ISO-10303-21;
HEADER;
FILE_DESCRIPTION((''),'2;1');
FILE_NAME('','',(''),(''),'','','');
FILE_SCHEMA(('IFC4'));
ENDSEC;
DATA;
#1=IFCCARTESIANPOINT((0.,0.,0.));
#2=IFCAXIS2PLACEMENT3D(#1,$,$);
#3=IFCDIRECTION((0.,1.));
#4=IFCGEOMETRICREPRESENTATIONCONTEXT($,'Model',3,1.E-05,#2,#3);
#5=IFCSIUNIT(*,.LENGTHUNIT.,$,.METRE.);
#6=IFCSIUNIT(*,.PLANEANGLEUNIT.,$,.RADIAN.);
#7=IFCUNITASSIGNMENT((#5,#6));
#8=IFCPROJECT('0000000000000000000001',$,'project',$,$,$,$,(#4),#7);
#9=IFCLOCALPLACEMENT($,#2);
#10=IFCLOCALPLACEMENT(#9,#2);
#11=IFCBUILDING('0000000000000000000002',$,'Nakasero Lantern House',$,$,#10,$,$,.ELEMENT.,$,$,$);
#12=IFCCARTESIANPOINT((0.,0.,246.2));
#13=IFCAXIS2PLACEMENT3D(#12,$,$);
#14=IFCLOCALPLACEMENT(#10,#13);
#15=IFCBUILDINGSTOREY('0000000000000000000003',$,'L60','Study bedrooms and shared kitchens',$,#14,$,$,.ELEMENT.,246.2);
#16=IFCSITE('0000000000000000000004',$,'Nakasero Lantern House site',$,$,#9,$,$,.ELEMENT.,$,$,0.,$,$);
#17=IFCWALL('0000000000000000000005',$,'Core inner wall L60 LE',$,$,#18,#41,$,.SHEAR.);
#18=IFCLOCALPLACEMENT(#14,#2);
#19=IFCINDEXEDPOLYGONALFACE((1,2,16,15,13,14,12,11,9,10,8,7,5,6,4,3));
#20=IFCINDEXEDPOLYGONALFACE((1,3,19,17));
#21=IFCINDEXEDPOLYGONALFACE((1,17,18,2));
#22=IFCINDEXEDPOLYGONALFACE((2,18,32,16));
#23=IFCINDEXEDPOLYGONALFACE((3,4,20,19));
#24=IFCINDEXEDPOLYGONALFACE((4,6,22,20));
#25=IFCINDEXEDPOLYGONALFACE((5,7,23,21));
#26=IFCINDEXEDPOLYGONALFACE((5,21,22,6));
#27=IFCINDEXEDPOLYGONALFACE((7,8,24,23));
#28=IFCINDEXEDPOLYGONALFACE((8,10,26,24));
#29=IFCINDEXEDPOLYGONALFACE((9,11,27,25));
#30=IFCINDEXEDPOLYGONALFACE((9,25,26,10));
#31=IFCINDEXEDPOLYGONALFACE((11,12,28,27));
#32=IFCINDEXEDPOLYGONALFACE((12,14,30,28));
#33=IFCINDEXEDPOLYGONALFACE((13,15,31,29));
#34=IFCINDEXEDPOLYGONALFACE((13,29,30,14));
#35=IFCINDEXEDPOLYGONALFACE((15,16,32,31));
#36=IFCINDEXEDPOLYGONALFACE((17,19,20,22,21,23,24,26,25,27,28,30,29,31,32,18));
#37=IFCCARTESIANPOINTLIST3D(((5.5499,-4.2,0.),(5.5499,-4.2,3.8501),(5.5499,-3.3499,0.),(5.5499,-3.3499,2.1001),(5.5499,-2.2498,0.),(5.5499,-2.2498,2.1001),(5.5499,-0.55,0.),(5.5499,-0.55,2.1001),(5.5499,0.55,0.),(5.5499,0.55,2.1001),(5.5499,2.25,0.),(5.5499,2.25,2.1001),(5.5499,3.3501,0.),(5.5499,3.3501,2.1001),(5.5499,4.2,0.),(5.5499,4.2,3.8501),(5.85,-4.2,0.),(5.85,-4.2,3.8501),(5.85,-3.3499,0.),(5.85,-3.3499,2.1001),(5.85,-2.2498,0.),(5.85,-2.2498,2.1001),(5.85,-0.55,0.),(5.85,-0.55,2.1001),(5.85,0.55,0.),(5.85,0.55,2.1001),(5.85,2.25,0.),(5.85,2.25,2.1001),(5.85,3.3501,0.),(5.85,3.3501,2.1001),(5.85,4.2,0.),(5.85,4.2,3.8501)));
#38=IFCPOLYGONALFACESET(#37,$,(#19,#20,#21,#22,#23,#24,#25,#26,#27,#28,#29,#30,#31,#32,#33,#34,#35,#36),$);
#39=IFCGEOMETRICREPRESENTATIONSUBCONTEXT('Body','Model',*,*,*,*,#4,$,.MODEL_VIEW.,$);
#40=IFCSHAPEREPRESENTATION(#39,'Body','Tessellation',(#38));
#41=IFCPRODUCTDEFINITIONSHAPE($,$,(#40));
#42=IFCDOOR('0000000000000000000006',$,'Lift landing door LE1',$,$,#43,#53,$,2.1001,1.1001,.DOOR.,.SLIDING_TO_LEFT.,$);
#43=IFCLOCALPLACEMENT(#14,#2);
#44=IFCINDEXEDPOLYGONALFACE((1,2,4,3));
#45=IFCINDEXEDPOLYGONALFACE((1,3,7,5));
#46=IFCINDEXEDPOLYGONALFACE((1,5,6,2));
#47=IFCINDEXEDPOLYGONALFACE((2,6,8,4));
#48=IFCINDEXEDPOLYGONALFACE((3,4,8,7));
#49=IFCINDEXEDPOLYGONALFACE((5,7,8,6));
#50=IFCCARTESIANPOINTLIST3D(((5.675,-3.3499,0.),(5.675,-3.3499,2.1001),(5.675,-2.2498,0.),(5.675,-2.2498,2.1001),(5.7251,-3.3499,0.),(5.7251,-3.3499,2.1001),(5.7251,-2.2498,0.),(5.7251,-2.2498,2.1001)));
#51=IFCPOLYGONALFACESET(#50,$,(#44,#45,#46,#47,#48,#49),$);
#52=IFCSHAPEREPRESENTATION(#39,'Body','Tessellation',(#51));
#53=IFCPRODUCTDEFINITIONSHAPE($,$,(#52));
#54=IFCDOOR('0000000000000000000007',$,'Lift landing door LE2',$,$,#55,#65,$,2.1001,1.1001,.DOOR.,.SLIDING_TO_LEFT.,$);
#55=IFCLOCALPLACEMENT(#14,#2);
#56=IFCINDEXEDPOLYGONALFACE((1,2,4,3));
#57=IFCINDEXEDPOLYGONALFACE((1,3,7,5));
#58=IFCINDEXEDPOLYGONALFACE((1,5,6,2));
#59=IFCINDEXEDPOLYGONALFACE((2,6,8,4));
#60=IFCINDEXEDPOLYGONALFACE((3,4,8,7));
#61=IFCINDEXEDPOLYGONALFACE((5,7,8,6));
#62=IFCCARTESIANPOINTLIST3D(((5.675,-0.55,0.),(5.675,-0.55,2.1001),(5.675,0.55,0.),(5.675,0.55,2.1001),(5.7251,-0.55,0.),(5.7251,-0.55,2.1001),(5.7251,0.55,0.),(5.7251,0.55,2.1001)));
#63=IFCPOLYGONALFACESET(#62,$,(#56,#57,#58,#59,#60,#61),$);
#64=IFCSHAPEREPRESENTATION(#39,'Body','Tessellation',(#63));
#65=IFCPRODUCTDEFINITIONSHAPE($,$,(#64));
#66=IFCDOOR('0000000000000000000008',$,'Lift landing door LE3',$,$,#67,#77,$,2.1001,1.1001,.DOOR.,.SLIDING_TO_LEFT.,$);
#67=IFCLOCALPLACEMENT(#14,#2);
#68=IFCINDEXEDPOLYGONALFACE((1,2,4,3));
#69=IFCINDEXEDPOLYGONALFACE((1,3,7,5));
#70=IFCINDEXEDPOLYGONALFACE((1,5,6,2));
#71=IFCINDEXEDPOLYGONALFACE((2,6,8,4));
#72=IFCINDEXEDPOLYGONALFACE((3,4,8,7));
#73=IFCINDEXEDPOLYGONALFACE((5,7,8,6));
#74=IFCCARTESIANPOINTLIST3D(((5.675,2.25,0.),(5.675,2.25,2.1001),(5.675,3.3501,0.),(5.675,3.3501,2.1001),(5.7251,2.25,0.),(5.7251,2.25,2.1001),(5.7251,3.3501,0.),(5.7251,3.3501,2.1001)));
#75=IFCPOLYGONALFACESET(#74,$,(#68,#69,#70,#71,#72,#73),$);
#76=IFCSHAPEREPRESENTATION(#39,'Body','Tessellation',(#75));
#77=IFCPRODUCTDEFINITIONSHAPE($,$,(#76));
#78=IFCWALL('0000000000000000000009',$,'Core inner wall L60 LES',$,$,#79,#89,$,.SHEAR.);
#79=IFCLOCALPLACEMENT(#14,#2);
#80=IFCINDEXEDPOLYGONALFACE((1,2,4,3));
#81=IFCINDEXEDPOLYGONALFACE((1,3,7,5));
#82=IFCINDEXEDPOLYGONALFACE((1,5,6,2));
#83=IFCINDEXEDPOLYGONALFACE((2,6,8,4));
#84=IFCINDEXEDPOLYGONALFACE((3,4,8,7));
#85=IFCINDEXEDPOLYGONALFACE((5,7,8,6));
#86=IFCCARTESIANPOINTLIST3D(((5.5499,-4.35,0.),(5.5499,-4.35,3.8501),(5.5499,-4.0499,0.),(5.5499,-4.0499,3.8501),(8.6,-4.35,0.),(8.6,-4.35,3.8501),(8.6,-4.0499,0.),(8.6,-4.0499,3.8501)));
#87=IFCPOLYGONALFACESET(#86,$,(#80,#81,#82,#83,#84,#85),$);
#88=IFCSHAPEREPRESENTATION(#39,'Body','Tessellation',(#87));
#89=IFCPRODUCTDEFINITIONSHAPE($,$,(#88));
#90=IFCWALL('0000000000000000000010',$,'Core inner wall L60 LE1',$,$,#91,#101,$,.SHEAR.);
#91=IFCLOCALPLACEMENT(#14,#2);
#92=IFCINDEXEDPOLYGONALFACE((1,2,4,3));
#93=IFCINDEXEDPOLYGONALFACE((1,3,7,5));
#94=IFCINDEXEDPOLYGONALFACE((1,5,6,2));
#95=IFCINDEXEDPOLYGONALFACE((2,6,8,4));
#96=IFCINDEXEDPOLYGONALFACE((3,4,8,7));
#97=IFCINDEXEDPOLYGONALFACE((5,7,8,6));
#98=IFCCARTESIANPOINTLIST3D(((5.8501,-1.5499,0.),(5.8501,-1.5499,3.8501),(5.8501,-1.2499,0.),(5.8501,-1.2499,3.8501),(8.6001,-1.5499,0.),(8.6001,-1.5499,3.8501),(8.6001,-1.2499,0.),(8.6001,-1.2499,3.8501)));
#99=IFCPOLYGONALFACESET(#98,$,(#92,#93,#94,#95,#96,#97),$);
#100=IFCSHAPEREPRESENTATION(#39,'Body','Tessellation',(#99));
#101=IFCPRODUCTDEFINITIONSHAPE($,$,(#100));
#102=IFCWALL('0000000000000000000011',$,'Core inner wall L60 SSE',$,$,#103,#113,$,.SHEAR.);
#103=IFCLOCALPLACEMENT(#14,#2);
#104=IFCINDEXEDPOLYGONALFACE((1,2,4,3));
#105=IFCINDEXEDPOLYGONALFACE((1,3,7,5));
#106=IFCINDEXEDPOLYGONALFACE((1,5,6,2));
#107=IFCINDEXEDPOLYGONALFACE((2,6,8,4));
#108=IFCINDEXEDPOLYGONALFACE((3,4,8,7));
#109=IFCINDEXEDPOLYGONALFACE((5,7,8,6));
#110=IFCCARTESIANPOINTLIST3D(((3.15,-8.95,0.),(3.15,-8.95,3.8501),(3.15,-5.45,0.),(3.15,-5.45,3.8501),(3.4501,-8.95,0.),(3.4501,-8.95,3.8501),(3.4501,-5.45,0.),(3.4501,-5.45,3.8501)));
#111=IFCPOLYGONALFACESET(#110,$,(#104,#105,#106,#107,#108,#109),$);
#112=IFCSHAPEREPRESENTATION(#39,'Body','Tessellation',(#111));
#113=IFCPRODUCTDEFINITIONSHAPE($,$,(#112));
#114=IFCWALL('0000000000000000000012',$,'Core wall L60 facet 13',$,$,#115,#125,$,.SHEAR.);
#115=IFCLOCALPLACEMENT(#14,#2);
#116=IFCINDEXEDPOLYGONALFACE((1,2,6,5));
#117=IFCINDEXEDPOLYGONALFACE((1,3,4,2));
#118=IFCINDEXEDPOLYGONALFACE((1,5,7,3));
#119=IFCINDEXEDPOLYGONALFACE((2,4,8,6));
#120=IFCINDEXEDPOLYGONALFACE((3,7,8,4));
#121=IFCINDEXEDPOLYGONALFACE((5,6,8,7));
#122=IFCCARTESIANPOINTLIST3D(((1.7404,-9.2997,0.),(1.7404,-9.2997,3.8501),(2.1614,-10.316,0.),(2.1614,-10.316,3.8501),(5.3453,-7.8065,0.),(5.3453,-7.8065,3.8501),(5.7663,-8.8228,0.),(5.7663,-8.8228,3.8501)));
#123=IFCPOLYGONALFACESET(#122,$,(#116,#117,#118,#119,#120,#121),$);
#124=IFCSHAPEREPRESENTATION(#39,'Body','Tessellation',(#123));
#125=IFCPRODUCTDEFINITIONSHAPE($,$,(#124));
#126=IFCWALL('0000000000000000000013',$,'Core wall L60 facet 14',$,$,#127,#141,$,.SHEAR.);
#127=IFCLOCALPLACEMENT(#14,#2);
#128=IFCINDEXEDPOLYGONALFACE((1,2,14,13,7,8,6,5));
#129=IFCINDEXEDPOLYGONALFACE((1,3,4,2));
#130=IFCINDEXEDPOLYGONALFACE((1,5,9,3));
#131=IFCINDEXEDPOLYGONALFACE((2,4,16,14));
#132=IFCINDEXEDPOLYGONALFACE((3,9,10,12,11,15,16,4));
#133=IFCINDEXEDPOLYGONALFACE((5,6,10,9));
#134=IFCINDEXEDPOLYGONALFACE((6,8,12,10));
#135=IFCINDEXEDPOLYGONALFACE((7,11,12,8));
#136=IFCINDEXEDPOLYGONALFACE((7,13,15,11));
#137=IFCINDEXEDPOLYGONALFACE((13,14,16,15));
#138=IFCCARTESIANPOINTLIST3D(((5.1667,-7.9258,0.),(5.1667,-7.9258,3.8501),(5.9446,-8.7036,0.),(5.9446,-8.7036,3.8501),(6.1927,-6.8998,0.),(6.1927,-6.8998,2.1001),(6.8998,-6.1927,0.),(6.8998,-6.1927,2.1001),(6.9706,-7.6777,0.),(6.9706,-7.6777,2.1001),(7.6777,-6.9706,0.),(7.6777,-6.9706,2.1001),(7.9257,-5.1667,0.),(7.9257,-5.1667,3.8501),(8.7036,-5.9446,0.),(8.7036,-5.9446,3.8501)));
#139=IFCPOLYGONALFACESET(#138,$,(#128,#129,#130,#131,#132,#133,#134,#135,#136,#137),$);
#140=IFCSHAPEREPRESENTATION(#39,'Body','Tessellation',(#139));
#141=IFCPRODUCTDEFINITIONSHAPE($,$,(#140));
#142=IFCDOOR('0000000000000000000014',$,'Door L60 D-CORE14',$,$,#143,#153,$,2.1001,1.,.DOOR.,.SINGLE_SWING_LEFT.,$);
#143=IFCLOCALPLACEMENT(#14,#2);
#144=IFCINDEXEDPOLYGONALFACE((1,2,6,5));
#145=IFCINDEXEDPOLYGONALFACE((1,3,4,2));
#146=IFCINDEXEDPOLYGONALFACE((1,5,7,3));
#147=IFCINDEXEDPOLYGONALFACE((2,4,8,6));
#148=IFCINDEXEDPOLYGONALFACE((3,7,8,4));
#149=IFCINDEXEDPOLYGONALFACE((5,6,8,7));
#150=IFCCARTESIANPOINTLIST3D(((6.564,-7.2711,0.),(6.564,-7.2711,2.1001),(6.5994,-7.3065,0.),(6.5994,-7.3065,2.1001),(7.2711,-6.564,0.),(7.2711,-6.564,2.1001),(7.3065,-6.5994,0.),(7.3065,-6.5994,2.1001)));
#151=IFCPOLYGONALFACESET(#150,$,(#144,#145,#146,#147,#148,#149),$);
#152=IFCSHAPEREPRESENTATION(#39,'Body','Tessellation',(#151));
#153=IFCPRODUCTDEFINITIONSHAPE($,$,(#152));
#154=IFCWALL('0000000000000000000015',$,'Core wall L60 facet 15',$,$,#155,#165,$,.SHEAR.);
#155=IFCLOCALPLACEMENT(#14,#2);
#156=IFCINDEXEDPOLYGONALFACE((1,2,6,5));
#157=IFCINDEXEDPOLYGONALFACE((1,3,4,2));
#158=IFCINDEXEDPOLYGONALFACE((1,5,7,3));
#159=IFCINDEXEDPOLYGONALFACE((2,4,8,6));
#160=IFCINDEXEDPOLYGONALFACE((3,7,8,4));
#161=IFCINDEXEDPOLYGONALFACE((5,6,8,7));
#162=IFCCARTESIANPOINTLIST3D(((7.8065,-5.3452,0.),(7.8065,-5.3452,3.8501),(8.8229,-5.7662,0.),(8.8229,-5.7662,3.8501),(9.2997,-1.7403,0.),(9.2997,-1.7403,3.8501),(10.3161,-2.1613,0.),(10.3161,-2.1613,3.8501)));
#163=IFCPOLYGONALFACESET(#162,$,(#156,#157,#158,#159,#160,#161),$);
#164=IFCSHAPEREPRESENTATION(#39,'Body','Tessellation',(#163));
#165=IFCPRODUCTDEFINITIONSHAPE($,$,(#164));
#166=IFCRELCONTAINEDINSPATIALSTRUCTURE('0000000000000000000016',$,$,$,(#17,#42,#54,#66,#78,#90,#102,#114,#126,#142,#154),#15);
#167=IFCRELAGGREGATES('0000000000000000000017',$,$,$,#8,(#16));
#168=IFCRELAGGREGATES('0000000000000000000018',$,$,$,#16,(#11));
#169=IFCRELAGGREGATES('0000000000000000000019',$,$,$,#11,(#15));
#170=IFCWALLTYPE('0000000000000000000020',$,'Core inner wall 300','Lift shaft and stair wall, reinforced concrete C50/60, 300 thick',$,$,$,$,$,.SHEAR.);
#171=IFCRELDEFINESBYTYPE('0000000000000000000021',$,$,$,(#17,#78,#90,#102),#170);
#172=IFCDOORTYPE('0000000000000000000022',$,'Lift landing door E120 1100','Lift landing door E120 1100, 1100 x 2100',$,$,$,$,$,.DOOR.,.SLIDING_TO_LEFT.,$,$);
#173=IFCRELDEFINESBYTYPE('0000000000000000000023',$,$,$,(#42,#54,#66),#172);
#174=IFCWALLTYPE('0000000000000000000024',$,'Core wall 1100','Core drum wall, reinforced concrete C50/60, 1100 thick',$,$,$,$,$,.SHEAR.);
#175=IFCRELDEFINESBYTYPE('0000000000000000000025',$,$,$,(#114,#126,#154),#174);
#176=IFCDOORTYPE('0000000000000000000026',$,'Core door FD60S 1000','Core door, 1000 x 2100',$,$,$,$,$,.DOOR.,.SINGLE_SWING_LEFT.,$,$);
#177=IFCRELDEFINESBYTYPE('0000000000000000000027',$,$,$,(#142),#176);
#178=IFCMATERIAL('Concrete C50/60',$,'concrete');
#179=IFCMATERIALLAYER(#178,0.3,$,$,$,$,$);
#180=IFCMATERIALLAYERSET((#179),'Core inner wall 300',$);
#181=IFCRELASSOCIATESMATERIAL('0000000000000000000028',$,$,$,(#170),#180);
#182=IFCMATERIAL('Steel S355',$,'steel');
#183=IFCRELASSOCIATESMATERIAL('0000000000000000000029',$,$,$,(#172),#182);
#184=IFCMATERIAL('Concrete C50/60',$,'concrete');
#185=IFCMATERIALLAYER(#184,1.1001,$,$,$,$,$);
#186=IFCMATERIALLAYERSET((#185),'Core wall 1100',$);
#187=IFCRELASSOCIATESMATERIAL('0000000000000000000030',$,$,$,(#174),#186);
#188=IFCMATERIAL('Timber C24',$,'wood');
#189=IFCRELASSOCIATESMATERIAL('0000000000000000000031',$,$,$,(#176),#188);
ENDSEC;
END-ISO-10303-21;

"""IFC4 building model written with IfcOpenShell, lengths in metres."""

from ifc_helpers import new_model, si_unit, direction, frame, frame_2d, origin, place, context, subcontext, project, spatial, rectangle, extrude, material, layer, layer_set, type_object, element, fill, save


model = new_model("IFC4")

# Units and contexts
model_context = context("Model", 3, precision=1e-05, world=origin(), true_north=direction((0.0, 1.0)))
body_context = subcontext(model_context, "Body", "Model", "MODEL_VIEW")
ifc_project = project(units=[si_unit("LENGTHUNIT", "METRE"), si_unit("PLANEANGLEUNIT", "RADIAN")], contexts=[model_context])

# Site, building, storey
site_placement = place(None, origin())
site = spatial("IfcSite", under=ifc_project, at=site_placement, Name="Nakasero Lantern House site", CompositionType="ELEMENT", RefElevation=0.0)
building_placement = place(site_placement, origin())
building = spatial("IfcBuilding", under=site, at=building_placement, Name="Nakasero Lantern House", CompositionType="ELEMENT")
storey_placement = place(building_placement, frame((0.0, 0.0, 246.2)))
storey = spatial("IfcBuildingStorey", under=building, at=storey_placement, Name="L60", Description="Study bedrooms and shared kitchens", CompositionType="ELEMENT", Elevation=246.2)

# Wall, openings, doors
ifc_material_1 = material(Name="Concrete C50/60", Category="concrete")
ifc_layer_1 = layer(ifc_material_1, 0.3)
ifc_layer_set_1 = layer_set([ifc_layer_1], Name="Core inner wall 300")
wall_type_1 = type_object("IfcWallType", Name="Core inner wall 300", Description="Lift shaft and stair wall, reinforced concrete C50/60, 300 thick", PredefinedType="SHEAR", material=ifc_layer_set_1)
wall_1_placement = place(storey_placement, frame((5.7, -4.2, 0.0), z_axis=(0.0, 0.0, 1.0), x_axis=(0.0, 1.0, 0.0)))
wall_1 = element("IfcWall", 1, at=wall_1_placement, inside=storey, type_object=wall_type_1, Name="Core inner wall L60 LE", PredefinedType="SHEAR", context=body_context, shape_type="SweptSolid", body=[
    extrude(rectangle(XDim=8.3999, YDim=0.3, at=frame_2d((4.2, 0.0))), origin(), (0.0, 0.0, 1.0), 3.8501),
])
opening_1_placement = place(wall_1_placement, frame((0.8501, 0.0, 0.0)))
opening_1 = element("IfcOpeningElement", 2, at=opening_1_placement, cuts=wall_1, PredefinedType="OPENING", context=body_context, shape_type="SweptSolid", body=[
    extrude(rectangle(XDim=1.1001, YDim=2.1001, at=frame_2d((0.55, 1.05))), frame((0.0, 0.1699, 0.0), z_axis=(0.0, -1.0, 0.0), x_axis=(1.0, 0.0, 0.0)), (0.0, 0.0, 1.0), 0.3401),
])
opening_2_placement = place(wall_1_placement, frame((3.6499, 0.0, 0.0)))
opening_2 = element("IfcOpeningElement", 3, at=opening_2_placement, cuts=wall_1, PredefinedType="OPENING", context=body_context, shape_type="SweptSolid", body=[
    extrude(rectangle(XDim=1.1001, YDim=2.1001, at=frame_2d((0.55, 1.05))), frame((0.0, 0.1699, 0.0), z_axis=(0.0, -1.0, 0.0), x_axis=(1.0, 0.0, 0.0)), (0.0, 0.0, 1.0), 0.3401),
])
opening_3_placement = place(wall_1_placement, frame((6.45, 0.0, 0.0)))
opening_3 = element("IfcOpeningElement", 4, at=opening_3_placement, cuts=wall_1, PredefinedType="OPENING", context=body_context, shape_type="SweptSolid", body=[
    extrude(rectangle(XDim=1.1001, YDim=2.1001, at=frame_2d((0.55, 1.05))), frame((0.0, 0.1699, 0.0), z_axis=(0.0, -1.0, 0.0), x_axis=(1.0, 0.0, 0.0)), (0.0, 0.0, 1.0), 0.3401),
])
ifc_material_2 = material(Name="Steel S355", Category="steel")
door_type_1 = type_object("IfcDoorType", Name="Lift landing door E120 1100", Description="Lift landing door E120 1100, 1100 x 2100", OperationType="SLIDING_TO_LEFT", PredefinedType="DOOR", material=ifc_material_2)
door_1_placement = place(opening_1_placement, origin())
door_1 = element("IfcDoor", 5, at=door_1_placement, inside=storey, type_object=door_type_1, Name="Lift landing door LE1", OperationType="SLIDING_TO_LEFT", OverallHeight=2.1001, OverallWidth=1.1001, PredefinedType="DOOR", context=body_context, shape_type="SweptSolid", body=[
    extrude(rectangle(XDim=1.1001, YDim=2.1001, at=frame_2d((0.55, 1.05))), frame((0.0, 0.0249, 0.0), z_axis=(0.0, -1.0, 0.0), x_axis=(1.0, 0.0, 0.0)), (0.0, 0.0, 1.0), 0.05),
])
fill(opening_1, door_1)
door_2_placement = place(opening_2_placement, origin())
door_2 = element("IfcDoor", 6, at=door_2_placement, inside=storey, type_object=door_type_1, Name="Lift landing door LE2", OperationType="SLIDING_TO_LEFT", OverallHeight=2.1001, OverallWidth=1.1001, PredefinedType="DOOR", context=body_context, shape_type="SweptSolid", body=[
    extrude(rectangle(XDim=1.1001, YDim=2.1001, at=frame_2d((0.55, 1.05))), frame((0.0, 0.0249, 0.0), z_axis=(0.0, -1.0, 0.0), x_axis=(1.0, 0.0, 0.0)), (0.0, 0.0, 1.0), 0.05),
])
fill(opening_2, door_2)
door_3_placement = place(opening_3_placement, origin())
door_3 = element("IfcDoor", 7, at=door_3_placement, inside=storey, type_object=door_type_1, Name="Lift landing door LE3", OperationType="SLIDING_TO_LEFT", OverallHeight=2.1001, OverallWidth=1.1001, PredefinedType="DOOR", context=body_context, shape_type="SweptSolid", body=[
    extrude(rectangle(XDim=1.1001, YDim=2.1001, at=frame_2d((0.55, 1.05))), frame((0.0, 0.0249, 0.0), z_axis=(0.0, -1.0, 0.0), x_axis=(1.0, 0.0, 0.0)), (0.0, 0.0, 1.0), 0.05),
])
fill(opening_3, door_3)

# Walls
wall_2_placement = place(storey_placement, frame((5.55, -4.2, 0.0), z_axis=(0.0, 0.0, 1.0), x_axis=(1.0, 0.0, 0.0)))
element("IfcWall", 8, at=wall_2_placement, inside=storey, type_object=wall_type_1, Name="Core inner wall L60 LES", PredefinedType="SHEAR", context=body_context, shape_type="SweptSolid", body=[
    extrude(rectangle(XDim=3.05, YDim=0.3, at=frame_2d((1.5249, 0.0))), origin(), (0.0, 0.0, 1.0), 3.8501),
])
wall_3_placement = place(storey_placement, frame((5.8501, -1.3999, 0.0), z_axis=(0.0, 0.0, 1.0), x_axis=(1.0, 0.0, 0.0)))
element("IfcWall", 9, at=wall_3_placement, inside=storey, type_object=wall_type_1, Name="Core inner wall L60 LE1", PredefinedType="SHEAR", context=body_context, shape_type="SweptSolid", body=[
    extrude(rectangle(XDim=2.75, YDim=0.3, at=frame_2d((1.375, 0.0))), origin(), (0.0, 0.0, 1.0), 3.8501),
])
wall_4_placement = place(storey_placement, frame((3.3, -5.45, 0.0), z_axis=(0.0, 0.0, 1.0), x_axis=(0.0, -1.0, 0.0)))
element("IfcWall", 10, at=wall_4_placement, inside=storey, type_object=wall_type_1, Name="Core inner wall L60 SSE", PredefinedType="SHEAR", context=body_context, shape_type="SweptSolid", body=[
    extrude(rectangle(XDim=3.5, YDim=0.3, at=frame_2d((1.75, 0.0))), origin(), (0.0, 0.0, 1.0), 3.8501),
])
ifc_material_3 = material(Name="Concrete C50/60", Category="concrete")
ifc_layer_2 = layer(ifc_material_3, 1.1001)
ifc_layer_set_2 = layer_set([ifc_layer_2], Name="Core wall 1100")
wall_type_2 = type_object("IfcWallType", Name="Core wall 1100", Description="Core drum wall, reinforced concrete C50/60, 1100 thick", PredefinedType="SHEAR", material=ifc_layer_set_2)
wall_5_placement = place(storey_placement, frame((1.9509, -9.8079, 0.0), z_axis=(0.0, 0.0, 1.0), x_axis=(0.923877, 0.382691, 0.0)))
element("IfcWall", 11, at=wall_5_placement, inside=storey, type_object=wall_type_2, Name="Core wall L60 facet 13", PredefinedType="SHEAR", context=body_context, shape_type="SweptSolid", body=[
    extrude(rectangle(XDim=3.9019, YDim=1.1001, at=frame_2d((1.9509, 0.0))), origin(), (0.0, 0.0, 1.0), 3.8501),
])

# Wall, opening, door
wall_6_placement = place(storey_placement, frame((5.5557, -8.3147, 0.0), z_axis=(0.0, 0.0, 1.0), x_axis=(0.707107, 0.707107, 0.0)))
wall_6 = element("IfcWall", 12, at=wall_6_placement, inside=storey, type_object=wall_type_2, Name="Core wall L60 facet 14", PredefinedType="SHEAR", context=body_context, shape_type="SweptSolid", body=[
    extrude(rectangle(XDim=3.9019, YDim=1.1001, at=frame_2d((1.9509, 0.0))), origin(), (0.0, 0.0, 1.0), 3.8501),
])
opening_4_placement = place(wall_6_placement, frame((1.4509, 0.0, 0.0)))
opening_4 = element("IfcOpeningElement", 13, at=opening_4_placement, cuts=wall_6, PredefinedType="OPENING", context=body_context, shape_type="SweptSolid", body=[
    extrude(rectangle(XDim=1.0, YDim=2.1001, at=frame_2d((0.5, 1.05))), frame((0.0, 0.5701, 0.0), z_axis=(0.0, -1.0, 0.0), x_axis=(1.0, 0.0, 0.0)), (0.0, 0.0, 1.0), 1.1401),
])
ifc_material_4 = material(Name="Timber C24", Category="wood")
door_type_2 = type_object("IfcDoorType", Name="Core door FD60S 1000", Description="Core door, 1000 x 2100", OperationType="SINGLE_SWING_LEFT", PredefinedType="DOOR", material=ifc_material_4)
door_4_placement = place(opening_4_placement, origin())
door_4 = element("IfcDoor", 14, at=door_4_placement, inside=storey, type_object=door_type_2, Name="Door L60 D-CORE14", OperationType="SINGLE_SWING_LEFT", OverallHeight=2.1001, OverallWidth=1.0, PredefinedType="DOOR", context=body_context, shape_type="SweptSolid", body=[
    extrude(rectangle(XDim=1.0, YDim=2.1001, at=frame_2d((0.5, 1.05))), frame((0.0, 0.0249, 0.0), z_axis=(0.0, -1.0, 0.0), x_axis=(1.0, 0.0, 0.0)), (0.0, 0.0, 1.0), 0.05),
])
fill(opening_4, door_4)

# Wall
wall_7_placement = place(storey_placement, frame((8.3147, -5.5557, 0.0), z_axis=(0.0, 0.0, 1.0), x_axis=(0.382691, 0.923877, 0.0)))
element("IfcWall", 15, at=wall_7_placement, inside=storey, type_object=wall_type_2, Name="Core wall L60 facet 15", PredefinedType="SHEAR", context=body_context, shape_type="SweptSolid", body=[
    extrude(rectangle(XDim=3.9019, YDim=1.1001, at=frame_2d((1.9509, 0.0))), origin(), (0.0, 0.0, 1.0), 3.8501),
])

save(model, "model.ifc")
